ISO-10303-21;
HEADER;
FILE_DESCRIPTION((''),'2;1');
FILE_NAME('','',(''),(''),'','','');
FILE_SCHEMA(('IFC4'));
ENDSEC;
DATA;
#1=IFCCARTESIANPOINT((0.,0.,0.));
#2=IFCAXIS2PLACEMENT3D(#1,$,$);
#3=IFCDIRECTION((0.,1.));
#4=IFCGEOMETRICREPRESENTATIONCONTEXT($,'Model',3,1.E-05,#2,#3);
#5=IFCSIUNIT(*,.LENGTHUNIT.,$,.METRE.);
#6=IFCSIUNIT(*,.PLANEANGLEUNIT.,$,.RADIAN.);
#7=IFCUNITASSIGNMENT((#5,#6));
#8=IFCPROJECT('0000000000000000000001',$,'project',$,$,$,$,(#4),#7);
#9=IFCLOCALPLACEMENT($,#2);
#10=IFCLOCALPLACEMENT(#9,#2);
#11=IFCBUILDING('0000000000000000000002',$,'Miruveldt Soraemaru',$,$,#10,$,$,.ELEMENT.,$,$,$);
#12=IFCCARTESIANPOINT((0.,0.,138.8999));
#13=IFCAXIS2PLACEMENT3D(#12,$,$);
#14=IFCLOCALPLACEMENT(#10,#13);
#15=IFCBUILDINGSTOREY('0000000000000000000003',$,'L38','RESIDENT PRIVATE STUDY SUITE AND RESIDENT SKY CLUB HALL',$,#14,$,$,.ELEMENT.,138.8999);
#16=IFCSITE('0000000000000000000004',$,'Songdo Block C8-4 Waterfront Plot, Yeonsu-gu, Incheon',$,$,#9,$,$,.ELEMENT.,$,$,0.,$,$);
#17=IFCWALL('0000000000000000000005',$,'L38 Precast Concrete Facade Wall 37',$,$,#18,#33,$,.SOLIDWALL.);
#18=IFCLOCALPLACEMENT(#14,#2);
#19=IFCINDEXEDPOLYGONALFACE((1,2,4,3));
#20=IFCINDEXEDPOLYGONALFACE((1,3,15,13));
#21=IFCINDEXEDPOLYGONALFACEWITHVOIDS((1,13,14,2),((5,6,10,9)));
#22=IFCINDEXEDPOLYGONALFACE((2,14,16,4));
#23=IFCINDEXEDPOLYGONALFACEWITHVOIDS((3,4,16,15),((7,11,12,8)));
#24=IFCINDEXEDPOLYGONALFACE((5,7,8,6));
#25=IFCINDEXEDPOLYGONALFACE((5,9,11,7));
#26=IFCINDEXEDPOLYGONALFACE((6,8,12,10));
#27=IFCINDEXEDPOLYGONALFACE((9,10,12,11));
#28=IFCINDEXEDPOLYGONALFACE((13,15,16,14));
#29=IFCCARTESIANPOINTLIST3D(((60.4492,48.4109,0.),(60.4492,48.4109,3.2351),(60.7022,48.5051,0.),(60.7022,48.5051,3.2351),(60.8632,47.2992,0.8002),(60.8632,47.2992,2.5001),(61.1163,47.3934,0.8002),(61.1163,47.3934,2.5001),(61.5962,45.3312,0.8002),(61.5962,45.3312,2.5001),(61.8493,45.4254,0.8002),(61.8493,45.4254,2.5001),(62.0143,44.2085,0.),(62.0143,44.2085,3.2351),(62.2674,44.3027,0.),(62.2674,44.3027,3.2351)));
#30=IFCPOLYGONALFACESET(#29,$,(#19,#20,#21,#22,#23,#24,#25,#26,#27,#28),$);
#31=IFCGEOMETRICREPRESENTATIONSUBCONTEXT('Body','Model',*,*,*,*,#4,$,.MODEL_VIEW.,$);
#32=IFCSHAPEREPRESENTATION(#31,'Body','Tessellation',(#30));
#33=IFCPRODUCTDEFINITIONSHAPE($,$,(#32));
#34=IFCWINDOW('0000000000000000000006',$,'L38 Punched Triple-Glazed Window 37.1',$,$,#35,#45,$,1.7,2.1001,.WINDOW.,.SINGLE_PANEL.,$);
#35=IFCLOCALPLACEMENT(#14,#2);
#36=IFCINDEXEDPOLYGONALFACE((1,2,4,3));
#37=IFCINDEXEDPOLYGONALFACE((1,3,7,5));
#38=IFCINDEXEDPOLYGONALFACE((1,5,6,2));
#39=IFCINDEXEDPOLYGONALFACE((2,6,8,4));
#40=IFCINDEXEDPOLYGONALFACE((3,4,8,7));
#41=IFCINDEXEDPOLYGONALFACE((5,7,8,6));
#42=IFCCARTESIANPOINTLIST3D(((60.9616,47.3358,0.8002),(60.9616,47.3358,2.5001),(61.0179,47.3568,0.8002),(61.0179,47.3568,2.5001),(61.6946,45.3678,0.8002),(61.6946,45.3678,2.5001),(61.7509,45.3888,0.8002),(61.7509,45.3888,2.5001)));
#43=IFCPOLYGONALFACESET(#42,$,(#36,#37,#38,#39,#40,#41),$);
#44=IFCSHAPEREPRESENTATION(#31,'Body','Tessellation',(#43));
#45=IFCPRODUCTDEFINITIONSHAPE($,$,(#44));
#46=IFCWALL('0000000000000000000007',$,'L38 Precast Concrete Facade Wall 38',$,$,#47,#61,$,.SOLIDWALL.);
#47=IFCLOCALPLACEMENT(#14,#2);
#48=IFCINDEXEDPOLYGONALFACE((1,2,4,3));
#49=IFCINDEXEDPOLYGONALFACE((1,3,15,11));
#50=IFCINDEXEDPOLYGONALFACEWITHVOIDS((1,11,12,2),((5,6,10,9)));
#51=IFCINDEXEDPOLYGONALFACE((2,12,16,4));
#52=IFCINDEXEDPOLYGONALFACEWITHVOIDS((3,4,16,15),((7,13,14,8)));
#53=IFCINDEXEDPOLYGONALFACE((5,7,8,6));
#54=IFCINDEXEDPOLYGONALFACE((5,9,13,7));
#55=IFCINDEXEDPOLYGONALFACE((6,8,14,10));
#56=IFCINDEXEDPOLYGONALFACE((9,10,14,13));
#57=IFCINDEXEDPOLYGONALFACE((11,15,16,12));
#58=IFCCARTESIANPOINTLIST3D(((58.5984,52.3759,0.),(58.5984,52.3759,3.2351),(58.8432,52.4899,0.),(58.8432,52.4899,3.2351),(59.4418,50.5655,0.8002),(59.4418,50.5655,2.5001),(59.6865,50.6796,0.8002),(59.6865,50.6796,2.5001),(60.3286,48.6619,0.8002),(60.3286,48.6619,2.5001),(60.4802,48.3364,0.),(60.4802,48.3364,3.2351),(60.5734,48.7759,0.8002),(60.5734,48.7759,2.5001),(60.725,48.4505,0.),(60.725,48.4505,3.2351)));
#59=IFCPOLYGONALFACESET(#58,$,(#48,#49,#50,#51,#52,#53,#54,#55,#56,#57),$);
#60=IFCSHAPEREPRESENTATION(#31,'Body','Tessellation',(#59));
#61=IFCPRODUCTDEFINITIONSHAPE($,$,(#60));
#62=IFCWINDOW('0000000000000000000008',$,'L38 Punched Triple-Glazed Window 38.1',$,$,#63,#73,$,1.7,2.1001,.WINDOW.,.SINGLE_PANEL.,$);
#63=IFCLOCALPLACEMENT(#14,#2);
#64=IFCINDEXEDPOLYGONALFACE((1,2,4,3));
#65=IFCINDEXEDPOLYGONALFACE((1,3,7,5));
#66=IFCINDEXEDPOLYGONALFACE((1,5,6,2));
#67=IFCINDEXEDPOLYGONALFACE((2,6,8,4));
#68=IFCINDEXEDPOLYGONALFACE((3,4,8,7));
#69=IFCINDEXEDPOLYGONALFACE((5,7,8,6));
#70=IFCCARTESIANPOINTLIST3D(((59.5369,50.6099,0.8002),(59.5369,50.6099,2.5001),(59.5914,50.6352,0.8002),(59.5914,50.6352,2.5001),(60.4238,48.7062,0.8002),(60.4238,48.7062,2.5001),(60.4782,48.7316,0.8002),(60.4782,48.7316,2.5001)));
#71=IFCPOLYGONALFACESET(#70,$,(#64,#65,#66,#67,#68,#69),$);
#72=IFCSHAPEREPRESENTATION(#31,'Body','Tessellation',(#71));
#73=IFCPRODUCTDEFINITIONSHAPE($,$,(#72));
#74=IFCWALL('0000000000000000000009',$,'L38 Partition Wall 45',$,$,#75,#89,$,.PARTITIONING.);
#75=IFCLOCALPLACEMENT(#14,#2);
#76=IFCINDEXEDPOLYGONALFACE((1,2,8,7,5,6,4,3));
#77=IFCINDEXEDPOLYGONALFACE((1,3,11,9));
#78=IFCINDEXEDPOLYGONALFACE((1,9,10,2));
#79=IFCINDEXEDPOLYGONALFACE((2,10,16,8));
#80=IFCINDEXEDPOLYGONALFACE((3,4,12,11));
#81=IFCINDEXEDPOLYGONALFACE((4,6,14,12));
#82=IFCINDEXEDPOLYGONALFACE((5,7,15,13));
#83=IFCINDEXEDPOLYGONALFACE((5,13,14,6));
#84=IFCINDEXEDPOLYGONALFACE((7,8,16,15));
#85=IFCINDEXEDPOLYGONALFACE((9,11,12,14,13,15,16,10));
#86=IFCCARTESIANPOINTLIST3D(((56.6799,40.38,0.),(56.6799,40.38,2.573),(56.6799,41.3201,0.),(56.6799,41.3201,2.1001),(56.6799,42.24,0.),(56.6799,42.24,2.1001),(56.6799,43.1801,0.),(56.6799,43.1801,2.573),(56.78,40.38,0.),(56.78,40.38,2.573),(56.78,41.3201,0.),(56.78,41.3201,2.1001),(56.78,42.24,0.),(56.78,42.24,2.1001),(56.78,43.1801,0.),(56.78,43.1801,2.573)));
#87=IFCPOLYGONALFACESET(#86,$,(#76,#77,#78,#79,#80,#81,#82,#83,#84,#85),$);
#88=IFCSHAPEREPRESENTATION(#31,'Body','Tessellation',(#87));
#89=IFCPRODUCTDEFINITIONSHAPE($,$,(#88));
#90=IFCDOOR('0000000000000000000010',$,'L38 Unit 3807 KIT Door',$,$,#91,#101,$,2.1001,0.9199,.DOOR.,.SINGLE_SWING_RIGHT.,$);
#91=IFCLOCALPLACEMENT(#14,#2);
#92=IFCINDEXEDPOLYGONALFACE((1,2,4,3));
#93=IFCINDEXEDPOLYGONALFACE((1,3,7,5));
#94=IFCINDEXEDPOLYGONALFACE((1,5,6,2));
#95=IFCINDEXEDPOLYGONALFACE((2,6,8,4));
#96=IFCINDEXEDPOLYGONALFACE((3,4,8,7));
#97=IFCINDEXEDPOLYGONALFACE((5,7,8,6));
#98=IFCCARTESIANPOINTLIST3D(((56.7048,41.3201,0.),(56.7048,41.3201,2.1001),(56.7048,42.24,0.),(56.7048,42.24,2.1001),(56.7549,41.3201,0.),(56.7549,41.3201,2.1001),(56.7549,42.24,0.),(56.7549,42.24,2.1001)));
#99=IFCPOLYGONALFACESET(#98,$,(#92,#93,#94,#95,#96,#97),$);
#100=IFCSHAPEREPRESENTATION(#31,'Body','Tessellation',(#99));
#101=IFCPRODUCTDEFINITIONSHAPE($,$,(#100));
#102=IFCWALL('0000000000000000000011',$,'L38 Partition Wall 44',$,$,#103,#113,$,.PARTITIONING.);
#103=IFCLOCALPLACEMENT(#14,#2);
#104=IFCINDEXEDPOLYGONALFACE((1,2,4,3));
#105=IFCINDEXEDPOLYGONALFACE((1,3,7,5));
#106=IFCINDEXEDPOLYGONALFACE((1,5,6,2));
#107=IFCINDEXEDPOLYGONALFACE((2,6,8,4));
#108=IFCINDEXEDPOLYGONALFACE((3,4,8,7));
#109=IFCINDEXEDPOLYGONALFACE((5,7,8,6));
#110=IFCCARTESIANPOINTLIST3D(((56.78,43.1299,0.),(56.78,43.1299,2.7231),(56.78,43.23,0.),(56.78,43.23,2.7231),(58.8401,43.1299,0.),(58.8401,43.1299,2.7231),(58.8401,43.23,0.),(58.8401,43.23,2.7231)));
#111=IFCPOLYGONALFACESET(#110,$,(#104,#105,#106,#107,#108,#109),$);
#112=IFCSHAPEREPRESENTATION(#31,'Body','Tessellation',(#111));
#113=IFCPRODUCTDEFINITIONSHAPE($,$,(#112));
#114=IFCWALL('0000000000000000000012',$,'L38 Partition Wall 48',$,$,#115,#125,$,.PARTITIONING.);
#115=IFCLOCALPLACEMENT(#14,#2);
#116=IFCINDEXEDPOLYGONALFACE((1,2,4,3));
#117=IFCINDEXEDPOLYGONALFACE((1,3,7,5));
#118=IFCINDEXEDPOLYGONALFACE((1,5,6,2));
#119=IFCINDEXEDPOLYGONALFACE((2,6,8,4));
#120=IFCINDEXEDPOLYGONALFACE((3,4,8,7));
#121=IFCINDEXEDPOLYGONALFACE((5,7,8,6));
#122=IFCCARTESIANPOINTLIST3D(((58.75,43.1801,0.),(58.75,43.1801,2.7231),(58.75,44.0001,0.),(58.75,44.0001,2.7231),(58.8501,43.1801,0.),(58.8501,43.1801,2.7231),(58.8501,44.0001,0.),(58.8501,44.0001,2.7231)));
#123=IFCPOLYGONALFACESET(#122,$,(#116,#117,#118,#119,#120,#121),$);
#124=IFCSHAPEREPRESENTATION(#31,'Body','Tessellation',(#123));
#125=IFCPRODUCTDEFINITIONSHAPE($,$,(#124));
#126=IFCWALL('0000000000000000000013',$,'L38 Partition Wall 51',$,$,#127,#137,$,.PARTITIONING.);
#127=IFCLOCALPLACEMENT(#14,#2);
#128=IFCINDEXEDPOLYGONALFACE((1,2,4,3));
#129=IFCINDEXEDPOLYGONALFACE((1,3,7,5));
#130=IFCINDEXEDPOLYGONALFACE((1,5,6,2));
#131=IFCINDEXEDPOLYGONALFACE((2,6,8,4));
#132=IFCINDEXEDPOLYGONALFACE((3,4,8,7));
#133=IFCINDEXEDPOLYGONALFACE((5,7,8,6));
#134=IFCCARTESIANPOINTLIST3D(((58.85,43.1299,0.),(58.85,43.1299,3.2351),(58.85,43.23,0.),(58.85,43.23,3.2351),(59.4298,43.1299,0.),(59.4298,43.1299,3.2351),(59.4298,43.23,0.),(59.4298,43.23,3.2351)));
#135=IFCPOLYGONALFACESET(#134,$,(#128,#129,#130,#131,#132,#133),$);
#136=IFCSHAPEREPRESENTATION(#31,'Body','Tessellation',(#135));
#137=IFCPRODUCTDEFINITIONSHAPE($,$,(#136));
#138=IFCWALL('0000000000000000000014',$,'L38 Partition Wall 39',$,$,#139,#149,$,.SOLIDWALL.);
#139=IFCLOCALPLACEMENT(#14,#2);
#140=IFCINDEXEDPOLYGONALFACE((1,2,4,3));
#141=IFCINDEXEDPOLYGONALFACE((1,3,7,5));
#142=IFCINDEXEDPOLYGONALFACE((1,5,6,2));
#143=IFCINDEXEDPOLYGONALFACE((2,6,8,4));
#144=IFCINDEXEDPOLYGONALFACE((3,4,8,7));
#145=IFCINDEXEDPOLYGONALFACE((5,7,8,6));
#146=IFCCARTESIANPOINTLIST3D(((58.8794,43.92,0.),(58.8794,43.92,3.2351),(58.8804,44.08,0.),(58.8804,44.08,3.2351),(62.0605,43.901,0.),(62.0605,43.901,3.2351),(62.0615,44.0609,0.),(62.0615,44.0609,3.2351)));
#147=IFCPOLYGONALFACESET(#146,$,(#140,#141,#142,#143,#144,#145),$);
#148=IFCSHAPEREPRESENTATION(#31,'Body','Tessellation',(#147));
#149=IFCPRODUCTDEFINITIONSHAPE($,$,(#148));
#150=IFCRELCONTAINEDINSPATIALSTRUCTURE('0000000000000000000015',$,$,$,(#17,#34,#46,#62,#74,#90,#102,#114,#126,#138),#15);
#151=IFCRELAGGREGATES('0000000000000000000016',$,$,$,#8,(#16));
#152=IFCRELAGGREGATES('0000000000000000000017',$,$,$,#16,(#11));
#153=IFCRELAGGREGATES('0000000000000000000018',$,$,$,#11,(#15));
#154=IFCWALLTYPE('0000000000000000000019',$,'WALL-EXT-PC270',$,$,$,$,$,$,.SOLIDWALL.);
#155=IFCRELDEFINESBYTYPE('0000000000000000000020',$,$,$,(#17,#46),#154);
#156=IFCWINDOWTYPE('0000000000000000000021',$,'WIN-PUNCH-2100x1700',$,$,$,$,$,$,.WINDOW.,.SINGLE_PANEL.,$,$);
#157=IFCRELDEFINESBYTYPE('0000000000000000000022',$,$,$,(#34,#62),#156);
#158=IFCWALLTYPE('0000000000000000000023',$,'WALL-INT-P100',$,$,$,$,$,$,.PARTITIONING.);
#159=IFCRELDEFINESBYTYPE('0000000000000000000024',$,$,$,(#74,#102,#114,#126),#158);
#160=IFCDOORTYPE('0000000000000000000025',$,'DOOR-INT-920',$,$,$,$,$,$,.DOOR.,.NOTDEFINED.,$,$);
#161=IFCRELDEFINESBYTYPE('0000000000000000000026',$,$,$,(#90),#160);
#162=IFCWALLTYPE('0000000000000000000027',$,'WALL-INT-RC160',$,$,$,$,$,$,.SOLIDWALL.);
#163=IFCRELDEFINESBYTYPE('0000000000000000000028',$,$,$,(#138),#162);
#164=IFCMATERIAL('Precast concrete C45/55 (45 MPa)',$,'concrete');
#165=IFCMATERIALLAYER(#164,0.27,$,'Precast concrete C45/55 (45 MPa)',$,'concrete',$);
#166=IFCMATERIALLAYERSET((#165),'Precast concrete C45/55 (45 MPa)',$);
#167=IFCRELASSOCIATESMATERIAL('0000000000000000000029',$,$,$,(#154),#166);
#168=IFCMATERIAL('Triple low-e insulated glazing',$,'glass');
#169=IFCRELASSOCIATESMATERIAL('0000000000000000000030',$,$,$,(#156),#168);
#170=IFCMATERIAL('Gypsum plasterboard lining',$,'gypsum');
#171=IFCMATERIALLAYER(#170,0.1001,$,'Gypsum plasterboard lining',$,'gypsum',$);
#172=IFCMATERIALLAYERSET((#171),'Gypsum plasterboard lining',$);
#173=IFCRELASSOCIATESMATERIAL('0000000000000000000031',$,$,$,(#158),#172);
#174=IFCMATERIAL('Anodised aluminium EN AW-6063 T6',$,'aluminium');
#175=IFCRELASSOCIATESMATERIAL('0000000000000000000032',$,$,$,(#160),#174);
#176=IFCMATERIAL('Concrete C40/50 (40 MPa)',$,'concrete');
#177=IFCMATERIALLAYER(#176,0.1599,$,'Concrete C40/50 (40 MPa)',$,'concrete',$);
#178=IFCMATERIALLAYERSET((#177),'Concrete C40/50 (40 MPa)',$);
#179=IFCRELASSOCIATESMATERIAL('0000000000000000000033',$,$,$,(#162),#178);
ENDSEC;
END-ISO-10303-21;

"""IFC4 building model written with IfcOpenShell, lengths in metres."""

from ifc_helpers import new_model, si_unit, direction, frame, frame_2d, origin, place, context, subcontext, project, spatial, rectangle, extrude, material, layer, layer_set, type_object, element, fill, save


model = new_model("IFC4")

# Units and contexts
model_context = context("Model", 3, precision=1e-05, world=origin(), true_north=direction((0.0, 1.0)))
body_context = subcontext(model_context, "Body", "Model", "MODEL_VIEW")
ifc_project = project(units=[si_unit("LENGTHUNIT", "METRE"), si_unit("PLANEANGLEUNIT", "RADIAN")], contexts=[model_context])

# Site, building, storey
site_placement = place(None, origin())
site = spatial("IfcSite", under=ifc_project, at=site_placement, Name="Songdo Block C8-4 Waterfront Plot, Yeonsu-gu, Incheon", CompositionType="ELEMENT", RefElevation=0.0)
building_placement = place(site_placement, origin())
building = spatial("IfcBuilding", under=site, at=building_placement, Name="Miruveldt Soraemaru", CompositionType="ELEMENT")
storey_placement = place(building_placement, frame((0.0, 0.0, 138.8999)))
storey = spatial("IfcBuildingStorey", under=building, at=storey_placement, Name="L38", Description="RESIDENT PRIVATE STUDY SUITE AND RESIDENT SKY CLUB HALL", CompositionType="ELEMENT", Elevation=138.8999)

# Shared definitions
ifc_material_1 = material(Name="Anodised aluminium EN AW-6063 T6", Category="aluminium")

# Shared definitions
ifc_material_2 = material(Name="Precast concrete C45/55 (45 MPa)", Category="concrete")
ifc_layer_1 = layer(ifc_material_2, 0.27, Name="Precast concrete C45/55 (45 MPa)", Category="concrete")
ifc_layer_set_1 = layer_set([ifc_layer_1], Name="Precast concrete C45/55 (45 MPa)")
wall_type_1 = type_object("IfcWallType", Name="WALL-EXT-PC270", PredefinedType="SOLIDWALL", material=ifc_layer_set_1)

# Walls, openings, windows
wall_1_placement = place(storey_placement, frame((62.1409, 44.2556, 0.0), z_axis=(0.0, 0.0, 1.0), x_axis=(-0.349028, 0.937112, 0.0)))
wall_1 = element("IfcWall", 1, at=wall_1_placement, inside=storey, type_object=wall_type_1, Name="L38 Precast Concrete Facade Wall 37", PredefinedType="SOLIDWALL", context=body_context, shape_type="SweptSolid", body=[
    extrude(rectangle(XDim=4.4844, YDim=0.27, at=frame_2d((2.2422, 0.0))), origin(), (0.0, 0.0, 1.0), 3.2351),
])
opening_1_placement = place(wall_1_placement, frame((1.198, 0.0, 0.8)))
opening_1 = element("IfcOpeningElement", 2, at=opening_1_placement, cuts=wall_1, PredefinedType="OPENING", context=body_context, shape_type="SweptSolid", body=[
    extrude(rectangle(XDim=2.1001, YDim=1.7, at=frame_2d((1.05, 0.8501))), frame((0.0, 0.145, 0.0), z_axis=(0.0, -1.0, 0.0), x_axis=(1.0, 0.0, 0.0)), (0.0, 0.0, 1.0), 0.29),
])
ifc_material_3 = material(Name="Triple low-e insulated glazing", Category="glass")
window_type = type_object("IfcWindowType", Name="WIN-PUNCH-2100x1700", PartitioningType="SINGLE_PANEL", PredefinedType="WINDOW", material=ifc_material_3)
window_1_placement = place(opening_1_placement, origin())
window_1 = element("IfcWindow", 3, at=window_1_placement, inside=storey, type_object=window_type, Name="L38 Punched Triple-Glazed Window 37.1", OverallHeight=1.7, OverallWidth=2.1001, PartitioningType="SINGLE_PANEL", PredefinedType="WINDOW", context=body_context, shape_type="SweptSolid", body=[
    extrude(rectangle(XDim=2.1001, YDim=1.7, at=frame_2d((1.05, 0.8501))), frame((0.0, 0.03, 0.0), z_axis=(0.0, -1.0, 0.0), x_axis=(1.0, 0.0, 0.0)), (0.0, 0.0, 1.0), 0.0601),
])
fill(opening_1, window_1)
wall_2_placement = place(storey_placement, frame((60.6025, 48.3936, 0.0), z_axis=(0.0, 0.0, 1.0), x_axis=(-0.42228, 0.906466, 0.0)))
wall_2 = element("IfcWall", 4, at=wall_2_placement, inside=storey, type_object=wall_type_1, Name="L38 Precast Concrete Facade Wall 38", PredefinedType="SOLIDWALL", context=body_context, shape_type="SweptSolid", body=[
    extrude(rectangle(XDim=4.4563, YDim=0.27, at=frame_2d((2.228, 0.0))), origin(), (0.0, 0.0, 1.0), 3.2351),
])
opening_2_placement = place(wall_2_placement, frame((0.3589, 0.0, 0.8)))
opening_2 = element("IfcOpeningElement", 5, at=opening_2_placement, cuts=wall_2, PredefinedType="OPENING", context=body_context, shape_type="SweptSolid", body=[
    extrude(rectangle(XDim=2.1001, YDim=1.7, at=frame_2d((1.05, 0.8501))), frame((0.0, 0.145, 0.0), z_axis=(0.0, -1.0, 0.0), x_axis=(1.0, 0.0, 0.0)), (0.0, 0.0, 1.0), 0.29),
])
window_2_placement = place(opening_2_placement, origin())
window_2 = element("IfcWindow", 6, at=window_2_placement, inside=storey, type_object=window_type, Name="L38 Punched Triple-Glazed Window 38.1", OverallHeight=1.7, OverallWidth=2.1001, PartitioningType="SINGLE_PANEL", PredefinedType="WINDOW", context=body_context, shape_type="SweptSolid", body=[
    extrude(rectangle(XDim=2.1001, YDim=1.7, at=frame_2d((1.05, 0.8501))), frame((0.0, 0.03, 0.0), z_axis=(0.0, -1.0, 0.0), x_axis=(1.0, 0.0, 0.0)), (0.0, 0.0, 1.0), 0.0601),
])
fill(opening_2, window_2)

# Wall, opening, door
ifc_material_4 = material(Name="Gypsum plasterboard lining", Category="gypsum")
ifc_layer_2 = layer(ifc_material_4, 0.1001, Name="Gypsum plasterboard lining", Category="gypsum")
ifc_layer_set_2 = layer_set([ifc_layer_2], Name="Gypsum plasterboard lining")
wall_type_2 = type_object("IfcWallType", Name="WALL-INT-P100", PredefinedType="PARTITIONING", material=ifc_layer_set_2)
wall_3_placement = place(storey_placement, frame((56.73, 43.1799, 0.0), z_axis=(0.0, 0.0, 1.0), x_axis=(0.0, -1.0, 0.0)))
wall_3 = element("IfcWall", 7, at=wall_3_placement, inside=storey, type_object=wall_type_2, Name="L38 Partition Wall 45", PredefinedType="PARTITIONING", context=body_context, shape_type="SweptSolid", body=[
    extrude(rectangle(XDim=2.8, YDim=0.1001, at=frame_2d((1.3999, 0.0))), origin(), (0.0, 0.0, 1.0), 2.573),
])
opening_3_placement = place(wall_3_placement, frame((0.9399, 0.0, 0.0)))
opening_3 = element("IfcOpeningElement", 8, at=opening_3_placement, cuts=wall_3, PredefinedType="OPENING", context=body_context, shape_type="SweptSolid", body=[
    extrude(rectangle(XDim=0.9199, YDim=2.1001, at=frame_2d((0.46, 1.05))), frame((0.0, 0.0601, 0.0), z_axis=(0.0, -1.0, 0.0), x_axis=(1.0, 0.0, 0.0)), (0.0, 0.0, 1.0), 0.1201),
])
door_type = type_object("IfcDoorType", Name="DOOR-INT-920", OperationType="NOTDEFINED", PredefinedType="DOOR", material=ifc_material_1)
door_placement = place(opening_3_placement, origin())
door = element("IfcDoor", 9, at=door_placement, inside=storey, type_object=door_type, Name="L38 Unit 3807 KIT Door", OperationType="SINGLE_SWING_RIGHT", OverallHeight=2.1001, OverallWidth=0.9199, PredefinedType="DOOR", context=body_context, shape_type="SweptSolid", body=[
    extrude(rectangle(XDim=0.9199, YDim=2.1001, at=frame_2d((0.46, 1.05))), frame((0.0, 0.0249, 0.0), z_axis=(0.0, -1.0, 0.0), x_axis=(1.0, 0.0, 0.0)), (0.0, 0.0, 1.0), 0.05),
])
fill(opening_3, door)

# Walls
wall_4_placement = place(storey_placement, frame((58.8401, 43.1799, 0.0), z_axis=(0.0, 0.0, 1.0), x_axis=(-1.0, 0.0, 0.0)))
element("IfcWall", 10, at=wall_4_placement, inside=storey, type_object=wall_type_2, Name="L38 Partition Wall 44", PredefinedType="PARTITIONING", context=body_context, shape_type="SweptSolid", body=[
    extrude(rectangle(XDim=2.0601, YDim=0.1001, at=frame_2d((1.03, 0.0))), origin(), (0.0, 0.0, 1.0), 2.7231),
])
wall_5_placement = place(storey_placement, frame((58.8, 43.1799, 0.0), z_axis=(0.0, 0.0, 1.0), x_axis=(0.0, 1.0, 0.0)))
element("IfcWall", 11, at=wall_5_placement, inside=storey, type_object=wall_type_2, Name="L38 Partition Wall 48", PredefinedType="PARTITIONING", context=body_context, shape_type="SweptSolid", body=[
    extrude(rectangle(XDim=0.8201, YDim=0.1001, at=frame_2d((0.4102, 0.0))), origin(), (0.0, 0.0, 1.0), 2.7231),
])
wall_6_placement = place(storey_placement, frame((59.4299, 43.1799, 0.0), z_axis=(0.0, 0.0, 1.0), x_axis=(-1.0, 0.0, 0.0)))
element("IfcWall", 12, at=wall_6_placement, inside=storey, type_object=wall_type_2, Name="L38 Partition Wall 51", PredefinedType="PARTITIONING", context=body_context, shape_type="SweptSolid", body=[
    extrude(rectangle(XDim=0.5798, YDim=0.1001, at=frame_2d((0.29, 0.0))), origin(), (0.0, 0.0, 1.0), 3.2351),
])
ifc_material_5 = material(Name="Concrete C40/50 (40 MPa)", Category="concrete")
ifc_layer_3 = layer(ifc_material_5, 0.1599, Name="Concrete C40/50 (40 MPa)", Category="concrete")
ifc_layer_set_3 = layer_set([ifc_layer_3], Name="Concrete C40/50 (40 MPa)")
wall_type_3 = type_object("IfcWallType", Name="WALL-INT-RC160", PredefinedType="SOLIDWALL", material=ifc_layer_set_3)
wall_7_placement = place(storey_placement, frame((58.8799, 44.0, 0.0), z_axis=(0.0, 0.0, 1.0), x_axis=(0.999982, -0.005986, 0.0)))
element("IfcWall", 13, at=wall_7_placement, inside=storey, type_object=wall_type_3, Name="L38 Partition Wall 39", PredefinedType="SOLIDWALL", context=body_context, shape_type="SweptSolid", body=[
    extrude(rectangle(XDim=3.1812, YDim=0.1599, at=frame_2d((1.5906, 0.0))), origin(), (0.0, 0.0, 1.0), 3.2351),
])

save(model, "model.ifc")
